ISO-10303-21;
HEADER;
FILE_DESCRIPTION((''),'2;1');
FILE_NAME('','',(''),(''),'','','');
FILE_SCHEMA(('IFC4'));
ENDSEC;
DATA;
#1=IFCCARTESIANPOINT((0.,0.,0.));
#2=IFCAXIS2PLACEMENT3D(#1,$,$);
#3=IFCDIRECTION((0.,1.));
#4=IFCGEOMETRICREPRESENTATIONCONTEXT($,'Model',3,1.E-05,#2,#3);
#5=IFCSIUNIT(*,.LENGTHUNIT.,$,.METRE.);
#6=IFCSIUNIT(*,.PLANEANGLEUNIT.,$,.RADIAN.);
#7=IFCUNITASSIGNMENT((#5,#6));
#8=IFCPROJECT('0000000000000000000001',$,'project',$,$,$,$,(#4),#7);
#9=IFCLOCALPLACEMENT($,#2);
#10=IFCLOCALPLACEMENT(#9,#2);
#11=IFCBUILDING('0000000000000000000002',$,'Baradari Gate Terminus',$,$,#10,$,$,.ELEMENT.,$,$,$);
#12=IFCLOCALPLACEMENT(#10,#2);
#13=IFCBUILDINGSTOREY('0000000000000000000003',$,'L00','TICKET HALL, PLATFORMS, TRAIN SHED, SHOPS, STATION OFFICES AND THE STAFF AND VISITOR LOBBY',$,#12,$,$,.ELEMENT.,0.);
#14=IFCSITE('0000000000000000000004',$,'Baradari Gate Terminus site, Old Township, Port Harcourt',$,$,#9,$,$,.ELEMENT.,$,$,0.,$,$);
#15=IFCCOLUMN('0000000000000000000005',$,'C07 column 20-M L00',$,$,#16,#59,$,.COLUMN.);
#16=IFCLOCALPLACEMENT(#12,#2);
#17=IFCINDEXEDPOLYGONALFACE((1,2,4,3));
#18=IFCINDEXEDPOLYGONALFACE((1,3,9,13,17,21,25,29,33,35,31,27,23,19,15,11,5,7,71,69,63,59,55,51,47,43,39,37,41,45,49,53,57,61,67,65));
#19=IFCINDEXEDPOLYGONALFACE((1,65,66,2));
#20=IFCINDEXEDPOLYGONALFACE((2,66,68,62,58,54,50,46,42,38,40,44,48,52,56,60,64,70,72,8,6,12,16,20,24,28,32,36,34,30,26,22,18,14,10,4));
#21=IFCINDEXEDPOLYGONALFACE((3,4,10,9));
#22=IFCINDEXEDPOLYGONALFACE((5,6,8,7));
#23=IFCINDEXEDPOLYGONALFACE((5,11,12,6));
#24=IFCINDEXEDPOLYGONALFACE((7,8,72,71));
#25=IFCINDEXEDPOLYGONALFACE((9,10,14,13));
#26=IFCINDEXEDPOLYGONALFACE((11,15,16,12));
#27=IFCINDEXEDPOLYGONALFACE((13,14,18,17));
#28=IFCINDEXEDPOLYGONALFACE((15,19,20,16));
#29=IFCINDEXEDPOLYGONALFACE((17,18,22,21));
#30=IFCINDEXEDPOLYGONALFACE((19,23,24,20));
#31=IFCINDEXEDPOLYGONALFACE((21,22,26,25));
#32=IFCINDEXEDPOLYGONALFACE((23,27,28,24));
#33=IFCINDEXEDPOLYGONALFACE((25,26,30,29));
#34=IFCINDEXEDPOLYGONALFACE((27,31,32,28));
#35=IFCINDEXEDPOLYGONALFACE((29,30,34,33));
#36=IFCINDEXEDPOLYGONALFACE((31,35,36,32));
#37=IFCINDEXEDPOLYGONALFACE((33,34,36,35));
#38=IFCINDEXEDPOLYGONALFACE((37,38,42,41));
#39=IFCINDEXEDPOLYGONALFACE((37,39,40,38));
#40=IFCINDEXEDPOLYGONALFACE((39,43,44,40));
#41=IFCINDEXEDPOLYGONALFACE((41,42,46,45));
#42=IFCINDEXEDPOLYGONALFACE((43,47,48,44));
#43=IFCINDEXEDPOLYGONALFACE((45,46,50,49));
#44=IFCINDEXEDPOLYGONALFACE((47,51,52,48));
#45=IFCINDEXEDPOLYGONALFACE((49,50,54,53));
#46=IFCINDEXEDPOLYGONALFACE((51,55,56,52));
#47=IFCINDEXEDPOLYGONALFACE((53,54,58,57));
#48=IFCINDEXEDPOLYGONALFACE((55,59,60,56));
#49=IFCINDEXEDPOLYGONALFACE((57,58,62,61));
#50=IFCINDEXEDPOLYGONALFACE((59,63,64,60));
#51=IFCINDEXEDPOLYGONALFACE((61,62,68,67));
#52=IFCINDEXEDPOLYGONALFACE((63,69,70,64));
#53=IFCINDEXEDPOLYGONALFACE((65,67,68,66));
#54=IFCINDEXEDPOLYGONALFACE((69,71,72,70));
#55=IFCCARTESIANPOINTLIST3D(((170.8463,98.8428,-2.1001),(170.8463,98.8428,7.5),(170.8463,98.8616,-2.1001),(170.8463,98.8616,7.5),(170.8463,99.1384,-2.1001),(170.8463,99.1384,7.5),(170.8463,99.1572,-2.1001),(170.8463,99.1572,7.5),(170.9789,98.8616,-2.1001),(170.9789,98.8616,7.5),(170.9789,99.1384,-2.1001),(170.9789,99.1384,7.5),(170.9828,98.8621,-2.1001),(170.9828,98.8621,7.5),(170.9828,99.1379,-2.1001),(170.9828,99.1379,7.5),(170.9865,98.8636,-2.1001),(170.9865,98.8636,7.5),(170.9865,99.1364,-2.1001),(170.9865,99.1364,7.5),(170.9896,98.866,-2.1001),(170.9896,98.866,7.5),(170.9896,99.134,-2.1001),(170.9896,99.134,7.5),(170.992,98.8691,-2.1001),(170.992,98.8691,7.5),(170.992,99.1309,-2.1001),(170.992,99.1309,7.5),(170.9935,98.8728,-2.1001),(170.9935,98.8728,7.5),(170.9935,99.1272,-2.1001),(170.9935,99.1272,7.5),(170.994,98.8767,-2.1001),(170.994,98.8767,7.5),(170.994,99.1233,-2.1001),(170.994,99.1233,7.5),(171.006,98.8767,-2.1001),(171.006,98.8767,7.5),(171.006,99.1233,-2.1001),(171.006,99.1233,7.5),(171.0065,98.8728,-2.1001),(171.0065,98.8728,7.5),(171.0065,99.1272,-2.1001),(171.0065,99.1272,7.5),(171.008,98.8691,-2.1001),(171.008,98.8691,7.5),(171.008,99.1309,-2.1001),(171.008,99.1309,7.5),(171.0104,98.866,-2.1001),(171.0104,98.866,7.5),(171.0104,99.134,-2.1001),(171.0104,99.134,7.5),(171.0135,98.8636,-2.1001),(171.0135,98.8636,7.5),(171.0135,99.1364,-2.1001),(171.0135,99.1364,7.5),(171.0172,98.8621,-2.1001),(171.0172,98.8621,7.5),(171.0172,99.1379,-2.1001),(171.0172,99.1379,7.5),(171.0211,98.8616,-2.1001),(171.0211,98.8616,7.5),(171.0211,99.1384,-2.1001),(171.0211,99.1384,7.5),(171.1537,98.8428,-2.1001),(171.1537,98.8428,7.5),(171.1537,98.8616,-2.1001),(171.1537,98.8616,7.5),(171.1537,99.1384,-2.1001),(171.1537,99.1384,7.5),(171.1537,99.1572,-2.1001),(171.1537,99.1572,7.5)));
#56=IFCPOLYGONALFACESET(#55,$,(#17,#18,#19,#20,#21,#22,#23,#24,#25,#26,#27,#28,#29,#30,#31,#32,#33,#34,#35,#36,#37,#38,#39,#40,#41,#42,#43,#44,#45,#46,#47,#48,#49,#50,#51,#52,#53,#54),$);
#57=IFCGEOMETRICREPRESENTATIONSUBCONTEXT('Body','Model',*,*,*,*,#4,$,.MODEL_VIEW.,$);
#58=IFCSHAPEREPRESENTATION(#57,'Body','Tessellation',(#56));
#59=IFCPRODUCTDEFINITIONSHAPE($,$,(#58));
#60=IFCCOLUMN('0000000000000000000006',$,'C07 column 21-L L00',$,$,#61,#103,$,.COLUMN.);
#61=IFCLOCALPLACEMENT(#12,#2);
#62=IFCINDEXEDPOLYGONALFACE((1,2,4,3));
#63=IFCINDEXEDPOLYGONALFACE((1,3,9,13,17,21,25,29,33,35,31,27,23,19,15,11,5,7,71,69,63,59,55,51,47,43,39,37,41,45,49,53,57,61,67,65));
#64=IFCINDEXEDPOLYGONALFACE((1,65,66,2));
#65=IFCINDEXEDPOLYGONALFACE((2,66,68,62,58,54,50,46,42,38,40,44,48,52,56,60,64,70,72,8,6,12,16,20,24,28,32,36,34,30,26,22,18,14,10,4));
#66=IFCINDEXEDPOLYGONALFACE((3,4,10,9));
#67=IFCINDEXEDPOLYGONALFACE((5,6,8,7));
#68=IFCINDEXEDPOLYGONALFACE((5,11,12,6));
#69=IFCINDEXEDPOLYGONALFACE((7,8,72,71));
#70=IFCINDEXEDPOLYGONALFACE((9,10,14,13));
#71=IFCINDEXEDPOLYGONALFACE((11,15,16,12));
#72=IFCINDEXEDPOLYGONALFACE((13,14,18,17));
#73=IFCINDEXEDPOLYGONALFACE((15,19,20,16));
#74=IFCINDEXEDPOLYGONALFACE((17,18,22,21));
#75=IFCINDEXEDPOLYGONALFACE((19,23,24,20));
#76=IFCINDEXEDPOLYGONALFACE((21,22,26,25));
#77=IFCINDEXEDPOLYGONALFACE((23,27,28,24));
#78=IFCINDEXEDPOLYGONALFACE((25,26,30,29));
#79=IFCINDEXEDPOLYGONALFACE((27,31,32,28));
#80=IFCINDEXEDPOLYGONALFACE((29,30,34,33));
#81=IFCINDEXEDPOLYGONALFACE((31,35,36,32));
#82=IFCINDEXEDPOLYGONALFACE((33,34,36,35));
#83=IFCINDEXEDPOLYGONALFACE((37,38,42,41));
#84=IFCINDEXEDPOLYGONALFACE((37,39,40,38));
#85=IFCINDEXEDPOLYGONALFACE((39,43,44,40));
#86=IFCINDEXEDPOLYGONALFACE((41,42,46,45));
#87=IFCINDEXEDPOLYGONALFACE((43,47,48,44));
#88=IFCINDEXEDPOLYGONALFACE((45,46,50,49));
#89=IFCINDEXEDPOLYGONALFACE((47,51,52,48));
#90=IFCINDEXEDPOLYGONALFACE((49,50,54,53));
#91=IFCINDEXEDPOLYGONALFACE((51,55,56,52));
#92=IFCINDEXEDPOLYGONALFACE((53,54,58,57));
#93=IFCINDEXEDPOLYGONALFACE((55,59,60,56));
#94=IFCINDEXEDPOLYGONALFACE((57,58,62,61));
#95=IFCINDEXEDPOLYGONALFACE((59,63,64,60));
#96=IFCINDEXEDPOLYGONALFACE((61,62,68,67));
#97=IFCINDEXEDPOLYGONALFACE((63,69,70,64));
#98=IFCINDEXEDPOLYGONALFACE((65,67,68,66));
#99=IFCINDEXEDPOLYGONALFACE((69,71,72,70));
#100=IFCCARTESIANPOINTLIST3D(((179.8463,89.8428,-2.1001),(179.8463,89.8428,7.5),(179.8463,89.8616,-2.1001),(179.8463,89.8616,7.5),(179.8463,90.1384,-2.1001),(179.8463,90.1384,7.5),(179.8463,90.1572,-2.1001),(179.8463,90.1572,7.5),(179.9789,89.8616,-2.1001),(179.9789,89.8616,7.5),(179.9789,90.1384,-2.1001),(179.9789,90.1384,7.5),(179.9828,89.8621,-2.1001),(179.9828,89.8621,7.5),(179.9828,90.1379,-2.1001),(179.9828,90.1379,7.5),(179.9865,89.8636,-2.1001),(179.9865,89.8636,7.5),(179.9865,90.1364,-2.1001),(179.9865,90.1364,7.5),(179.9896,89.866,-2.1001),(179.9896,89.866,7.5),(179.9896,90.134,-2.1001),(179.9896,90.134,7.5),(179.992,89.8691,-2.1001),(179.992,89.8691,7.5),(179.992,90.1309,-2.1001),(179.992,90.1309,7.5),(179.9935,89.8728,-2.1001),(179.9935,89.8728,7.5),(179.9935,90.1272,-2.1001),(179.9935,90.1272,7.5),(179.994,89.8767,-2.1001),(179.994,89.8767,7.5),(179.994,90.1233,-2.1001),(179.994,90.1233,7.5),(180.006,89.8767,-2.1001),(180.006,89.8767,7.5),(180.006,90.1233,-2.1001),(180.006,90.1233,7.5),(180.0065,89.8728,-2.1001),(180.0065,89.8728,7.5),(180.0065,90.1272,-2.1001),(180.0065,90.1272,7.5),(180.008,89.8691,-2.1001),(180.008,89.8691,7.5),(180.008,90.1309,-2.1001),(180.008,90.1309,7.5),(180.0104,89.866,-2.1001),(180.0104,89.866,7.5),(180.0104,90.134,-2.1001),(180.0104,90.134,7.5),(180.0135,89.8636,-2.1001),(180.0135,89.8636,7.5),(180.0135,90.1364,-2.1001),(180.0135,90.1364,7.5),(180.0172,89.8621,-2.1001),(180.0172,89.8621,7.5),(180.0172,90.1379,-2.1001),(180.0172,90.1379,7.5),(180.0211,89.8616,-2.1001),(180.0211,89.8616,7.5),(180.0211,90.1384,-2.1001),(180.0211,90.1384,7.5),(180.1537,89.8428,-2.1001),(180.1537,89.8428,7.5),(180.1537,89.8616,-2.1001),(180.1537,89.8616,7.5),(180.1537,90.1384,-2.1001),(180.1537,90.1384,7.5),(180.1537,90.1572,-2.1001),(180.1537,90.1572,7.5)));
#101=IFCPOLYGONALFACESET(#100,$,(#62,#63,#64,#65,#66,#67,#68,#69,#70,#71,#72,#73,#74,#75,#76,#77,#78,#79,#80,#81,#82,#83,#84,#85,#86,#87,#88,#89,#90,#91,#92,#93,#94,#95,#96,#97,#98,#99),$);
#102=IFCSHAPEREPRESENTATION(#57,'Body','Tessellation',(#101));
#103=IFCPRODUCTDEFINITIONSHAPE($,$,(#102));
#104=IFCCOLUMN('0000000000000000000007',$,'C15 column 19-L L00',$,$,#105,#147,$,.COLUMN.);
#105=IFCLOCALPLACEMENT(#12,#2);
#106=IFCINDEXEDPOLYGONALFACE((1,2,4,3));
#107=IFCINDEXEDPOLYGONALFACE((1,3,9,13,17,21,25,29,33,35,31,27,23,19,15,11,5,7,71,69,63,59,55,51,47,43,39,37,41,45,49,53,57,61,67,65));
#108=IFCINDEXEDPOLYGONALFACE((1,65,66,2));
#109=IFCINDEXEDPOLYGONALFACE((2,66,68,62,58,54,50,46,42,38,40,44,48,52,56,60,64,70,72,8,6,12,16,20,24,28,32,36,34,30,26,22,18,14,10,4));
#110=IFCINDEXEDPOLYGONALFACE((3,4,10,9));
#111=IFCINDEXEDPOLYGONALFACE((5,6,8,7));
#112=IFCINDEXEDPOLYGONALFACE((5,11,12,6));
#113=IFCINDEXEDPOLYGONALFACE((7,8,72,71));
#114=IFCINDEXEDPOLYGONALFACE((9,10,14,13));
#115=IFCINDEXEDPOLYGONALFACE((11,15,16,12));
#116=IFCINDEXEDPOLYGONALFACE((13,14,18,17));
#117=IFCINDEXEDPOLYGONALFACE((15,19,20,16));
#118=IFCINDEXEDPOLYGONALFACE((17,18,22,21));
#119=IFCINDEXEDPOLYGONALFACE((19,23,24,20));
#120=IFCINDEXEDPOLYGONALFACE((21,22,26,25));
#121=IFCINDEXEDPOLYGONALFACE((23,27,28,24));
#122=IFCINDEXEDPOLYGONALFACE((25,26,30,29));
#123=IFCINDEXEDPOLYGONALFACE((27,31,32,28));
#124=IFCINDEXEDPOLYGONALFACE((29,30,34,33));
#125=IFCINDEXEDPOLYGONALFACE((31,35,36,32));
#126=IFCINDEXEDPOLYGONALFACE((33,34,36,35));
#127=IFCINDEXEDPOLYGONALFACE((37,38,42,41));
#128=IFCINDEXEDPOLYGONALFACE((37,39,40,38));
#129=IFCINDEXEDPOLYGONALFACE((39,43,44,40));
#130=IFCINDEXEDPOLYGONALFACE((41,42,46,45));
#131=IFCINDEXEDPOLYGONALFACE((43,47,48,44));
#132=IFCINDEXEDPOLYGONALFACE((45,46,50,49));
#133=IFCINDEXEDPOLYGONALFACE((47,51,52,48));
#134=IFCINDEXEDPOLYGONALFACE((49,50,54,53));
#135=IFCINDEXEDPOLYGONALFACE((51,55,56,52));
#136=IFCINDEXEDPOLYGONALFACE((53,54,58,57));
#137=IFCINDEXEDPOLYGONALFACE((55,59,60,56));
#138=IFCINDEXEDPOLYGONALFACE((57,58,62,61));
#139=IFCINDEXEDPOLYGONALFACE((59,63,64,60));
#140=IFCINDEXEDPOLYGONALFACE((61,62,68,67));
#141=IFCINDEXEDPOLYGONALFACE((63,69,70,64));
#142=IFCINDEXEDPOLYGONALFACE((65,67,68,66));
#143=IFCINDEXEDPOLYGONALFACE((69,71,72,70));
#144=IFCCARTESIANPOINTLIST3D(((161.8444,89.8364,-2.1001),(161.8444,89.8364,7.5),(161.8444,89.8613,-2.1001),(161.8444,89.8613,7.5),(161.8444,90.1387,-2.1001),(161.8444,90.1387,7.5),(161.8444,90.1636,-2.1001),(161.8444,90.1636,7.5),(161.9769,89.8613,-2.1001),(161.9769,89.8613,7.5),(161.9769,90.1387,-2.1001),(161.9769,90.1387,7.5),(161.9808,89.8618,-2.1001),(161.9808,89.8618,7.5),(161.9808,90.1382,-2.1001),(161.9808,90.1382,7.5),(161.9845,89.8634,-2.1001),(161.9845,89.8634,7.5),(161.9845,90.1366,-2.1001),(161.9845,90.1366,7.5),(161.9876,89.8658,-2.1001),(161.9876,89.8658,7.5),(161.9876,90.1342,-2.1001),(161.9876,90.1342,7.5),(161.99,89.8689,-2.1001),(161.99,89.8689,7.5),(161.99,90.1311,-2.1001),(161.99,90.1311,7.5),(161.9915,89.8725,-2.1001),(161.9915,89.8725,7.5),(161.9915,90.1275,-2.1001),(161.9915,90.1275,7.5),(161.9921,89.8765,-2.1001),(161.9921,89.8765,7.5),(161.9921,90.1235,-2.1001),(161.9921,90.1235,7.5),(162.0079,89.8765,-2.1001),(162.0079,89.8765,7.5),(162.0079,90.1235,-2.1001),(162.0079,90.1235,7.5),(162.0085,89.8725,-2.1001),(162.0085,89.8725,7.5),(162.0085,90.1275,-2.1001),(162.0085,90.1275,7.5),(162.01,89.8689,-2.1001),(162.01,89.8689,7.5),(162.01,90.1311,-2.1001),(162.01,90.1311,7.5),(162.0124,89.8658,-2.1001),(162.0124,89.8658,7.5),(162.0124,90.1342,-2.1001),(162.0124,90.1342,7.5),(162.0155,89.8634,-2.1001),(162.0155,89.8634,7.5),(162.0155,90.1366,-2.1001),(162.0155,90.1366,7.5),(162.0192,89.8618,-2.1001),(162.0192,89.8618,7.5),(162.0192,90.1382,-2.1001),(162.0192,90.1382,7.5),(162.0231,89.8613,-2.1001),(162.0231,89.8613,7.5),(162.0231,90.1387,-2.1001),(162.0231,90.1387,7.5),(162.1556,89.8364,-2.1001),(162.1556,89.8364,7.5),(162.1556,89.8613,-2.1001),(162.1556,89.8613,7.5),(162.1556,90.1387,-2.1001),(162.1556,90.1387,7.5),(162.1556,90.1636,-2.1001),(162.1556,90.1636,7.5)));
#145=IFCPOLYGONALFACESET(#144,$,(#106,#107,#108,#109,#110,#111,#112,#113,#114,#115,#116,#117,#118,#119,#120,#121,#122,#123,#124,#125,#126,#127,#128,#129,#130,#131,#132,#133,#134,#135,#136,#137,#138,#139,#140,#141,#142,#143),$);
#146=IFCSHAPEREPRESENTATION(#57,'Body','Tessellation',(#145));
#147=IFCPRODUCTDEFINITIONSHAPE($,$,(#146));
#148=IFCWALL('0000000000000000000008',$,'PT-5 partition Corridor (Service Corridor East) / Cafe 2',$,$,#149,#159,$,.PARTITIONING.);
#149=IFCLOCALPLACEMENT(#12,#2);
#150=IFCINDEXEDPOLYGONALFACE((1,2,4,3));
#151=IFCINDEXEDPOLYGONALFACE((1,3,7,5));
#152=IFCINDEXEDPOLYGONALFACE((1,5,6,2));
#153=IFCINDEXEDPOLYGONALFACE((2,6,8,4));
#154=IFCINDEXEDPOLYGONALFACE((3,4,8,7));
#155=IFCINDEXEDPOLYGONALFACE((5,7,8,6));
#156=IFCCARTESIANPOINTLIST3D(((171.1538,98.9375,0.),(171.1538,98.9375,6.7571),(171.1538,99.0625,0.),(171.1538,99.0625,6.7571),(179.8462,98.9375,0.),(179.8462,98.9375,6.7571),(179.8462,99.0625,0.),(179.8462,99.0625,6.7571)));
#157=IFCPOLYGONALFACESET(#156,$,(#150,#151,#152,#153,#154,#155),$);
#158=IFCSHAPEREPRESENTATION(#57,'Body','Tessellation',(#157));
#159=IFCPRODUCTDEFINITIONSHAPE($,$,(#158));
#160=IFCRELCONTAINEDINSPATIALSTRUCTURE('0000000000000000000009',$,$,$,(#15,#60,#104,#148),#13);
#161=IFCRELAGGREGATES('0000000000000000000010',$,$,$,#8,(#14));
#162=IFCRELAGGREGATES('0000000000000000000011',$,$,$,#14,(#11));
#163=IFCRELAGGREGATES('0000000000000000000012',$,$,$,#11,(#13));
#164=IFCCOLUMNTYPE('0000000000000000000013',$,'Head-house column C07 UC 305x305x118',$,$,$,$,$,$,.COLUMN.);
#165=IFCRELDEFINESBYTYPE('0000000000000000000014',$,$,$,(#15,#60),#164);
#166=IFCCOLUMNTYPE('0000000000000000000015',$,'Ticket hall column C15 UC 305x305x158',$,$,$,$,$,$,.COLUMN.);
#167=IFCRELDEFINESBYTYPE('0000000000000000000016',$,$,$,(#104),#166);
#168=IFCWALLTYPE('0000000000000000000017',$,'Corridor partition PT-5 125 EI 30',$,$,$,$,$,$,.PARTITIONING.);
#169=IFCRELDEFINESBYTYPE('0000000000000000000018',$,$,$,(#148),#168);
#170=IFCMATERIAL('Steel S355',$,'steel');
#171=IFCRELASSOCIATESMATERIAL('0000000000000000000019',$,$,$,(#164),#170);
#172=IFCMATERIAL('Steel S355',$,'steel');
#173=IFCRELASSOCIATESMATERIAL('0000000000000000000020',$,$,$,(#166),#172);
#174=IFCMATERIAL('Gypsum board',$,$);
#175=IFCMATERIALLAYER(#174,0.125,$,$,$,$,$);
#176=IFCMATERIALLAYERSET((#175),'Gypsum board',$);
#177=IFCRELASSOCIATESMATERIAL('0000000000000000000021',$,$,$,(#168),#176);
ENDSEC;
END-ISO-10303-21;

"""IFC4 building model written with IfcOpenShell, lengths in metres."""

from ifc_helpers import new_model, si_unit, direction, frame, frame_2d, origin, origin_2d, place, context, subcontext, project, spatial, rectangle, i_section, extrude, material, layer, layer_set, material_profile, profile_set, type_object, element, save


model = new_model("IFC4")

# Units and contexts
model_context = context("Model", 3, precision=1e-05, world=origin(), true_north=direction((0.0, 1.0)))
body_context = subcontext(model_context, "Body", "Model", "MODEL_VIEW")
ifc_project = project(units=[si_unit("LENGTHUNIT", "METRE"), si_unit("PLANEANGLEUNIT", "RADIAN")], contexts=[model_context])

# Site, building, storey
site_placement = place(None, origin())
site = spatial("IfcSite", under=ifc_project, at=site_placement, Name="Baradari Gate Terminus site, Old Township, Port Harcourt", CompositionType="ELEMENT", RefElevation=0.0)
building_placement = place(site_placement, origin())
building = spatial("IfcBuilding", under=site, at=building_placement, Name="Baradari Gate Terminus", CompositionType="ELEMENT")
storey_placement = place(building_placement, origin())
storey = spatial("IfcBuildingStorey", under=building, at=storey_placement, Name="L00", Description="TICKET HALL, PLATFORMS, TRAIN SHED, SHOPS, STATION OFFICES AND THE STAFF AND VISITOR LOBBY", CompositionType="ELEMENT", Elevation=0.0)

# Columns
ifc_material_1 = material(Name="Steel S355", Category="steel")
ifc_material_profile_1 = material_profile(ifc_material_1, i_section(OverallWidth=0.3074, OverallDepth=0.3145, WebThickness=0.012, FlangeThickness=0.0188, FilletRadius=0.0151, at=origin_2d()), Name="UC 305x305x118")
ifc_profile_set_1 = profile_set([ifc_material_profile_1], Name="Steel S355")
column_type_1 = type_object("IfcColumnType", Name="Head-house column C07 UC 305x305x118", PredefinedType="COLUMN", material=ifc_profile_set_1)
for number, where, z_axis, x_axis, name in (
    (1, (171.0, 99.0, -2.1001), (0.0, 0.0, 1.0), (1.0, 0.0, 0.0), "C07 column 20-M L00"),
    (2, (180.0, 90.0, -2.1001), (0.0, 0.0, 1.0), (1.0, 0.0, 0.0), "C07 column 21-L L00"),
):
    element("IfcColumn", number, at=place(storey_placement, frame(where, z_axis=z_axis, x_axis=x_axis)), inside=storey, type_object=column_type_1, Name=name, PredefinedType="COLUMN", context=body_context, shape_type="SweptSolid", body=[
        extrude(i_section(OverallWidth=0.3074, OverallDepth=0.3145, WebThickness=0.012, FlangeThickness=0.0188, FilletRadius=0.0151, at=origin_2d()), origin(), (0.0, 0.0, 1.0), 9.6001),
    ])
ifc_material_2 = material(Name="Steel S355", Category="steel")
ifc_material_profile_2 = material_profile(ifc_material_2, i_section(OverallWidth=0.3113, OverallDepth=0.3271, WebThickness=0.0159, FlangeThickness=0.0249, FilletRadius=0.0151, at=origin_2d()), Name="UC 305x305x158")
ifc_profile_set_2 = profile_set([ifc_material_profile_2], Name="Steel S355")
column_type_2 = type_object("IfcColumnType", Name="Ticket hall column C15 UC 305x305x158", PredefinedType="COLUMN", material=ifc_profile_set_2)
column_placement = place(storey_placement, frame((162.0, 90.0, -2.1001), z_axis=(0.0, 0.0, 1.0), x_axis=(1.0, 0.0, 0.0)))
element("IfcColumn", 3, at=column_placement, inside=storey, type_object=column_type_2, Name="C15 column 19-L L00", PredefinedType="COLUMN", context=body_context, shape_type="SweptSolid", body=[
    extrude(i_section(OverallWidth=0.3113, OverallDepth=0.3271, WebThickness=0.0159, FlangeThickness=0.0249, FilletRadius=0.0151, at=origin_2d()), origin(), (0.0, 0.0, 1.0), 9.6001),
])

# Wall
ifc_material_3 = material(Name="Gypsum board")
ifc_layer_1 = layer(ifc_material_3, 0.125)
ifc_layer_set_1 = layer_set([ifc_layer_1], Name="Gypsum board")
wall_type_1 = type_object("IfcWallType", Name="Corridor partition PT-5 125 EI 30", PredefinedType="PARTITIONING", material=ifc_layer_set_1)
wall_1_placement = place(storey_placement, frame((171.1538, 99.0, 0.0), z_axis=(0.0, 0.0, 1.0), x_axis=(1.0, 0.0, 0.0)))
element("IfcWall", 4, at=wall_1_placement, inside=storey, type_object=wall_type_1, Name="PT-5 partition Corridor (Service Corridor East) / Cafe 2", PredefinedType="PARTITIONING", context=body_context, shape_type="SweptSolid", body=[
    extrude(rectangle(XDim=8.6924, YDim=0.125, at=frame_2d((4.3462, 0.0))), origin(), (0.0, 0.0, 1.0), 6.7571),
])

save(model, "model.ifc")
